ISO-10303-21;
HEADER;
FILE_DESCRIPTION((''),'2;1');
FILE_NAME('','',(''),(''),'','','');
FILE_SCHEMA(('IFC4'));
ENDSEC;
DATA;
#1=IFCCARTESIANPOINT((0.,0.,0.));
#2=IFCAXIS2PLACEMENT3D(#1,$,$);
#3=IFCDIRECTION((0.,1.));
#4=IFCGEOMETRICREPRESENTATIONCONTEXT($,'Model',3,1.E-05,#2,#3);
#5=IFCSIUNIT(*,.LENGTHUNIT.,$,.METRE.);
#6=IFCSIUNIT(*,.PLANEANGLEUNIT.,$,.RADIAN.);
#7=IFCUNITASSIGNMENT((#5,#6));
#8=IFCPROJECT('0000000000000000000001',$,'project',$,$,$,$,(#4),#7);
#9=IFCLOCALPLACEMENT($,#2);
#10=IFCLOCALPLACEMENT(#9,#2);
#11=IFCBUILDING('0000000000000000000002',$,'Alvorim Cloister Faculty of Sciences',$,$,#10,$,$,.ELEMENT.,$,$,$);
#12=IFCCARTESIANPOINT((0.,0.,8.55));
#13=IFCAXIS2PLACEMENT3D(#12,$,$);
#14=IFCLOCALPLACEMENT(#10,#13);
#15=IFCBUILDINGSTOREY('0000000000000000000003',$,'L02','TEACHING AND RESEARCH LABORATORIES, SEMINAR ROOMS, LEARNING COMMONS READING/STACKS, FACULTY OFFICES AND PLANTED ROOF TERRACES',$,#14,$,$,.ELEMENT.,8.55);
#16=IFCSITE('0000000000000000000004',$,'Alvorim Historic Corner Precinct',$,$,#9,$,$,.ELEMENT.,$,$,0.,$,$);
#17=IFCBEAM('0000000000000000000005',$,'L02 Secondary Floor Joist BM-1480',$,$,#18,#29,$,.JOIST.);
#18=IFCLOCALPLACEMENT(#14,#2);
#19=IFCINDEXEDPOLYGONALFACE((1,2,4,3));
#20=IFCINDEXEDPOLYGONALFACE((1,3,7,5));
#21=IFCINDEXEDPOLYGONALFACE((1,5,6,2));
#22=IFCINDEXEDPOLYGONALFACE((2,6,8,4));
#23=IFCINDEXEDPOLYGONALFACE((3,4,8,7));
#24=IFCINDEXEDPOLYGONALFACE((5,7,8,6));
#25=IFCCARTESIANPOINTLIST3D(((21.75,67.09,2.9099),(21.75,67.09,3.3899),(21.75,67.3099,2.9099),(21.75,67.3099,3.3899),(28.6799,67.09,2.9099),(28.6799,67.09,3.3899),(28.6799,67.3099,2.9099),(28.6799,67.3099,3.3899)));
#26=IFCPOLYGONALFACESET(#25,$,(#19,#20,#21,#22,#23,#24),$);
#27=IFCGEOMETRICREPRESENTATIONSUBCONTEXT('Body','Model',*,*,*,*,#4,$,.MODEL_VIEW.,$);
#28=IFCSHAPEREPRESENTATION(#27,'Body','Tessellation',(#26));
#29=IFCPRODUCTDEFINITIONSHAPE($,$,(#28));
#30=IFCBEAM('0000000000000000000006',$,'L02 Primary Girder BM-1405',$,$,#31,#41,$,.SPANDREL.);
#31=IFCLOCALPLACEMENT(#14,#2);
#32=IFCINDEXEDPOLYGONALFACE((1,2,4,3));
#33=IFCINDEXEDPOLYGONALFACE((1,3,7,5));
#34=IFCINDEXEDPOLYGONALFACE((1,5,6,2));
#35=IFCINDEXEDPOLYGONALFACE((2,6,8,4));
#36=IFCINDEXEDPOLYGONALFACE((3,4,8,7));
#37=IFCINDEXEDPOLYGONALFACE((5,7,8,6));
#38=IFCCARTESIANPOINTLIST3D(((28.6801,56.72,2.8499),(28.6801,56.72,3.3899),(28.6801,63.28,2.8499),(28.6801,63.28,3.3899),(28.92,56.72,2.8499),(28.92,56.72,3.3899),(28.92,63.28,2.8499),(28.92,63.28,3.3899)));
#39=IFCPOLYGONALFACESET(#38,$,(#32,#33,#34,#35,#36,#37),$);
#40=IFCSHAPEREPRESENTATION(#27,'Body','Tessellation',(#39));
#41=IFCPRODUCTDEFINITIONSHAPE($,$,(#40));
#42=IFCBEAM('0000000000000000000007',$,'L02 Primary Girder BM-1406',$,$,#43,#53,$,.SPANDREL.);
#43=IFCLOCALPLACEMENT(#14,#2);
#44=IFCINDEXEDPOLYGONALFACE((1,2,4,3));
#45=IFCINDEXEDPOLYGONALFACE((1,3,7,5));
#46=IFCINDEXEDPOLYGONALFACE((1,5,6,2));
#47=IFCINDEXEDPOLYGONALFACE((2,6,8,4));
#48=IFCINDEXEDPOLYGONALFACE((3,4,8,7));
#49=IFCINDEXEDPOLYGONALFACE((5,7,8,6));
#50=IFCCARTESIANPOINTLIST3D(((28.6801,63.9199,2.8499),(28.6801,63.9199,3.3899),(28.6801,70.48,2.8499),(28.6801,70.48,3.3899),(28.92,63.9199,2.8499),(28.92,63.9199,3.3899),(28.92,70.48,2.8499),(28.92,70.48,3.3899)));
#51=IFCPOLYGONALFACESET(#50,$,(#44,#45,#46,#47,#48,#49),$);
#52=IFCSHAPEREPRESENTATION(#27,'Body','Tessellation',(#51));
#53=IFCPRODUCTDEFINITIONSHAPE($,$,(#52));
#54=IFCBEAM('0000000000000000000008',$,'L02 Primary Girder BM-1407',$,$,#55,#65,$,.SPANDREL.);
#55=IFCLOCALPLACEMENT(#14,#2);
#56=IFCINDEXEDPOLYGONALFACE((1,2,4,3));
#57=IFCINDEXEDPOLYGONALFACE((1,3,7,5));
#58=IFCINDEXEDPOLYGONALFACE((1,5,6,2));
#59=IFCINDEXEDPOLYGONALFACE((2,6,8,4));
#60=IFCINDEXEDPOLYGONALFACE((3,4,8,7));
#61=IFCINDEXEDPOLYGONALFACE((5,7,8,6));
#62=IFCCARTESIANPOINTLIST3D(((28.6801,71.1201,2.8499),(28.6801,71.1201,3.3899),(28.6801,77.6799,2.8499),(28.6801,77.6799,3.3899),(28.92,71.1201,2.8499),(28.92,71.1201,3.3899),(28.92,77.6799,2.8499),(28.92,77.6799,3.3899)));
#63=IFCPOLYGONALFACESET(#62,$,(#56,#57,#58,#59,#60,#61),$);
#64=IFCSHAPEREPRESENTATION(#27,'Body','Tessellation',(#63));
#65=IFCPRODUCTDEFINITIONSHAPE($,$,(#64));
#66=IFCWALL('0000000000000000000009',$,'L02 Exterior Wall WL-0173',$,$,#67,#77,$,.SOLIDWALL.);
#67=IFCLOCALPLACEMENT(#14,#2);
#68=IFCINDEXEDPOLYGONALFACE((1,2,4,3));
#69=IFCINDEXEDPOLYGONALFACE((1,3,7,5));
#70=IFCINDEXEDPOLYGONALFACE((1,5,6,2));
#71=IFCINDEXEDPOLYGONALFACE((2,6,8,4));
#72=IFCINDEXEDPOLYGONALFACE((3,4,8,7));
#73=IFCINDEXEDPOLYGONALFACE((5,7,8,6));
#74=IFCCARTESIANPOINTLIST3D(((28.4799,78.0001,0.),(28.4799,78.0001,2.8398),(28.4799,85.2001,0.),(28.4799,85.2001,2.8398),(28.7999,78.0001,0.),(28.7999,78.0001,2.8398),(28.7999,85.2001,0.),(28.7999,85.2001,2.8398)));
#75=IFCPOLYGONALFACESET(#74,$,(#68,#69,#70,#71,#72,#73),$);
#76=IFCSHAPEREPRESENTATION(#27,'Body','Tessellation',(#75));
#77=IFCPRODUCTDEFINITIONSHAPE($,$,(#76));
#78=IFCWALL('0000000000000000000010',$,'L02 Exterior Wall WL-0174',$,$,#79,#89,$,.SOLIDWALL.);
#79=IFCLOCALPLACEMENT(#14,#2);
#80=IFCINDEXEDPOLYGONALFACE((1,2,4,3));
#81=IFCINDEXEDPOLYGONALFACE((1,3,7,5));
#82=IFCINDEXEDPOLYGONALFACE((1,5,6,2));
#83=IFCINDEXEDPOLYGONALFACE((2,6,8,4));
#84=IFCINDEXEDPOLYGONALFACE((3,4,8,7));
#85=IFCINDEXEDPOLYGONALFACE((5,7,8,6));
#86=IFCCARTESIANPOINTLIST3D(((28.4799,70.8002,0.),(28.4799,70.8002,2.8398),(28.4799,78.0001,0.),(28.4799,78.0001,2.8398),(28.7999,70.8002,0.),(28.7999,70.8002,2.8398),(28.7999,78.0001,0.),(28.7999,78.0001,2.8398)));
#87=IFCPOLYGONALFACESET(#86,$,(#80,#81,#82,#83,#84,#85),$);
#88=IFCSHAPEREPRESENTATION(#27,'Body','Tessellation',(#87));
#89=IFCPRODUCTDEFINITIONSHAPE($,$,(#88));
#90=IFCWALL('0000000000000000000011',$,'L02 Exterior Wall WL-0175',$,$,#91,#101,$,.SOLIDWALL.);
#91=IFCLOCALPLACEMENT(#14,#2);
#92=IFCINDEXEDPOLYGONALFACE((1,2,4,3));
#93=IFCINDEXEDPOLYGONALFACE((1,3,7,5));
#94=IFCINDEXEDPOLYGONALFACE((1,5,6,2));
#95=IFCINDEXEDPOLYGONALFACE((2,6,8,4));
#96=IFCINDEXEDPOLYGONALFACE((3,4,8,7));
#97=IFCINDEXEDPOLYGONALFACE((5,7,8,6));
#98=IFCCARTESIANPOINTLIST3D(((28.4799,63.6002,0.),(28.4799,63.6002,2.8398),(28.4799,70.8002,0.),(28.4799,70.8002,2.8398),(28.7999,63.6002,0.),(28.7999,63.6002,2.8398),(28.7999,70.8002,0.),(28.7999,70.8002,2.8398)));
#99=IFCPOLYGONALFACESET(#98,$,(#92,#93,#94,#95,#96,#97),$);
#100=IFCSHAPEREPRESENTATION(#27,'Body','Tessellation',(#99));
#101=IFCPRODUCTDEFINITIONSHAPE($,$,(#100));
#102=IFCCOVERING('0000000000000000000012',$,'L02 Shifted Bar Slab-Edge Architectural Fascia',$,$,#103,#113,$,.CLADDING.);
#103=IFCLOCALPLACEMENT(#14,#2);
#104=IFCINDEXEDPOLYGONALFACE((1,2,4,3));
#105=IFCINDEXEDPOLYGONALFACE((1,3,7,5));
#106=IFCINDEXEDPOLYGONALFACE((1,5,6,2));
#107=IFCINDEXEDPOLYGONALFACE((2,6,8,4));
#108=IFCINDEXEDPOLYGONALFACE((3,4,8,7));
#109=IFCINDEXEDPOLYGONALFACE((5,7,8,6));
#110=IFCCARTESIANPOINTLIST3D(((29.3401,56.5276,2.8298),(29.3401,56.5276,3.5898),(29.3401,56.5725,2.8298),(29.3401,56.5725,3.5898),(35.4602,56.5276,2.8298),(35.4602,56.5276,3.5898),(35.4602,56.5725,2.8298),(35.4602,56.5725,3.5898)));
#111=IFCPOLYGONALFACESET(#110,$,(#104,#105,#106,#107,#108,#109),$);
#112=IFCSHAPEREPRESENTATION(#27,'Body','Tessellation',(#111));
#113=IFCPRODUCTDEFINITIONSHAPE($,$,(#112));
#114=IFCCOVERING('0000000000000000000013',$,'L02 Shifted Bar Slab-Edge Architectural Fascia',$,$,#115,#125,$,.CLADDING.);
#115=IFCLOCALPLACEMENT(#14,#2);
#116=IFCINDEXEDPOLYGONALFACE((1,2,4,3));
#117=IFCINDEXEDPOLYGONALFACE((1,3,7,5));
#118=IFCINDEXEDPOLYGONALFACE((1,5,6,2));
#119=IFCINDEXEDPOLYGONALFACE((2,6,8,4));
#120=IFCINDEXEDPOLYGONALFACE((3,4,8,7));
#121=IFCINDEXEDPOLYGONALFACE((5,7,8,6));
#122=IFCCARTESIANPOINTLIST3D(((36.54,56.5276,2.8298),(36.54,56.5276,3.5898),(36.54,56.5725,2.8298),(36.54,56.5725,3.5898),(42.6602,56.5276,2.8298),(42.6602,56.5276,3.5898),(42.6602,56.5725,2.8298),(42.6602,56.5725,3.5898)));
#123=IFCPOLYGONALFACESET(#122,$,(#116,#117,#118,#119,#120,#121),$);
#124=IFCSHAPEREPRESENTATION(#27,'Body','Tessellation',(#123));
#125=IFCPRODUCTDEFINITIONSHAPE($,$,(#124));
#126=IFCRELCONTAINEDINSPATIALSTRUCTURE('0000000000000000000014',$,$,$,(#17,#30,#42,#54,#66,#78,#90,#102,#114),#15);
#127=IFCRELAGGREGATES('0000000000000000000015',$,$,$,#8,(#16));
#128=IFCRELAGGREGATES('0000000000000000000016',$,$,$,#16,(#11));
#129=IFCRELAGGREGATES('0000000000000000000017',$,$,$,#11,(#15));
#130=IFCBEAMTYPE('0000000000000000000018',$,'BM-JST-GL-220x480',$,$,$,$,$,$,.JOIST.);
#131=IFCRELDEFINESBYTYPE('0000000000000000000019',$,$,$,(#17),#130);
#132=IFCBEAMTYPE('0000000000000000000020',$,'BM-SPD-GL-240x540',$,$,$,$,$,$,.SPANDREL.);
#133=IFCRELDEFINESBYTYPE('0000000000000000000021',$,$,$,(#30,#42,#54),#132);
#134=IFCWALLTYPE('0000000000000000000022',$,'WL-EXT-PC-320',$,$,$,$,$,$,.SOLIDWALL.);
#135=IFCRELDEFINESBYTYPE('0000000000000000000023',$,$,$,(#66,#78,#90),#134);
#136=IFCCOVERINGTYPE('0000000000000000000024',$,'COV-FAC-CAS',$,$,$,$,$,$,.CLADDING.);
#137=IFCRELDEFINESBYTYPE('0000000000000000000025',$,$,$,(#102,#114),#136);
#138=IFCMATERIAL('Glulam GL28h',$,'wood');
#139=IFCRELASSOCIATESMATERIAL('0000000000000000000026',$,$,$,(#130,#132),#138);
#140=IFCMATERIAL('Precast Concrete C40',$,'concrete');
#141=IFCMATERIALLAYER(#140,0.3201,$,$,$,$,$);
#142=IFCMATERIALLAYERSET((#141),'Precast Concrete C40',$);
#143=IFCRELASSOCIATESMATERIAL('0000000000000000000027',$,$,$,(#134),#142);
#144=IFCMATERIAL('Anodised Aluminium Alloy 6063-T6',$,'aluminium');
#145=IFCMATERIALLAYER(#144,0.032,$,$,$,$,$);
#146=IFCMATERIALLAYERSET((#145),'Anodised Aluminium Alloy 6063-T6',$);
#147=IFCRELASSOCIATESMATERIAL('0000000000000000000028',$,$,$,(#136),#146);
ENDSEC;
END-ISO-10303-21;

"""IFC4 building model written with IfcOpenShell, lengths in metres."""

from ifc_helpers import new_model, si_unit, direction, frame, frame_2d, origin, origin_2d, place, context, subcontext, project, spatial, polyline, rectangle, outline, extrude, material, layer, layer_set, material_profile, profile_set, type_object, element, save


model = new_model("IFC4")

# Units and contexts
model_context = context("Model", 3, precision=1e-05, world=origin(), true_north=direction((0.0, 1.0)))
body_context = subcontext(model_context, "Body", "Model", "MODEL_VIEW")
ifc_project = project(units=[si_unit("LENGTHUNIT", "METRE"), si_unit("PLANEANGLEUNIT", "RADIAN")], contexts=[model_context])

# Site, building, storey
site_placement = place(None, origin())
site = spatial("IfcSite", under=ifc_project, at=site_placement, Name="Alvorim Historic Corner Precinct", CompositionType="ELEMENT", RefElevation=0.0)
building_placement = place(site_placement, origin())
building = spatial("IfcBuilding", under=site, at=building_placement, Name="Alvorim Cloister Faculty of Sciences", CompositionType="ELEMENT")
storey_placement = place(building_placement, frame((0.0, 0.0, 8.55)))
storey = spatial("IfcBuildingStorey", under=building, at=storey_placement, Name="L02", Description="TEACHING AND RESEARCH LABORATORIES, SEMINAR ROOMS, LEARNING COMMONS READING/STACKS, FACULTY OFFICES AND PLANTED ROOF TERRACES", CompositionType="ELEMENT", Elevation=8.55)

# Shared definitions
ifc_material_1 = material(Name="Precast Concrete C40", Category="concrete")

# Beams
ifc_material_2 = material(Name="Glulam GL28h", Category="wood")
ifc_material_profile_1 = material_profile(ifc_material_2, rectangle(XDim=0.22, YDim=0.48, at=origin_2d()), Name="GL28-JST-220x480")
ifc_profile_set_1 = profile_set([ifc_material_profile_1], Name="Glulam GL28h")
beam_type_1 = type_object("IfcBeamType", Name="BM-JST-GL-220x480", PredefinedType="JOIST", material=ifc_profile_set_1)
beam_1_placement = place(storey_placement, frame((21.75, 67.2, 3.1499), z_axis=(1.0, 0.0, 0.0), x_axis=(0.0, 1.0, 0.0)))
element("IfcBeam", 1, at=beam_1_placement, inside=storey, type_object=beam_type_1, Name="L02 Secondary Floor Joist BM-1480", PredefinedType="JOIST", context=body_context, shape_type="SweptSolid", body=[
    extrude(rectangle(XDim=0.22, YDim=0.48, at=origin_2d()), origin(), (0.0, 0.0, 1.0), 6.9299),
])
ifc_material_profile_2 = material_profile(ifc_material_2, rectangle(XDim=0.24, YDim=0.54, at=origin_2d()), Name="GL28-SPD-240x540")
ifc_profile_set_2 = profile_set([ifc_material_profile_2], Name="Glulam GL28h")
beam_type_2 = type_object("IfcBeamType", Name="BM-SPD-GL-240x540", PredefinedType="SPANDREL", material=ifc_profile_set_2)
for number, where, z_axis, x_axis, name in (
    (2, (28.8, 56.72, 3.1199), (0.0, 1.0, 0.0), (-1.0, 0.0, 0.0), "L02 Primary Girder BM-1405"),
    (3, (28.8, 63.9199, 3.1199), (0.0, 1.0, 0.0), (-1.0, 0.0, 0.0), "L02 Primary Girder BM-1406"),
):
    element("IfcBeam", number, at=place(storey_placement, frame(where, z_axis=z_axis, x_axis=x_axis)), inside=storey, type_object=beam_type_2, Name=name, PredefinedType="SPANDREL", context=body_context, shape_type="SweptSolid", body=[
        extrude(rectangle(XDim=0.24, YDim=0.54, at=origin_2d()), origin(), (0.0, 0.0, 1.0), 6.5601),
    ])
beam_2_placement = place(storey_placement, frame((28.8, 71.1201, 3.1199), z_axis=(0.0, 1.0, 0.0), x_axis=(-1.0, 0.0, 0.0)))
element("IfcBeam", 4, at=beam_2_placement, inside=storey, type_object=beam_type_2, Name="L02 Primary Girder BM-1407", PredefinedType="SPANDREL", context=body_context, shape_type="SweptSolid", body=[
    extrude(rectangle(XDim=0.24, YDim=0.54, at=origin_2d()), origin(), (0.0, 0.0, 1.0), 6.5598),
])

# Walls
ifc_layer_1 = layer(ifc_material_1, 0.3201)
ifc_layer_set_1 = layer_set([ifc_layer_1], Name="Precast Concrete C40")
wall_type = type_object("IfcWallType", Name="WL-EXT-PC-320", PredefinedType="SOLIDWALL", material=ifc_layer_set_1)
for number, where, z_axis, x_axis, name in (
    (5, (28.6399, 78.0, 0.0), (0.0, 0.0, 1.0), (0.0, 1.0, 0.0), "L02 Exterior Wall WL-0173"),
    (6, (28.6399, 70.8, 0.0), (0.0, 0.0, 1.0), (0.0, 1.0, 0.0), "L02 Exterior Wall WL-0174"),
    (7, (28.6399, 63.6001, 0.0), (0.0, 0.0, 1.0), (0.0, 1.0, 0.0), "L02 Exterior Wall WL-0175"),
):
    element("IfcWall", number, at=place(storey_placement, frame(where, z_axis=z_axis, x_axis=x_axis)), inside=storey, type_object=wall_type, Name=name, PredefinedType="SOLIDWALL", context=body_context, shape_type="SweptSolid", body=[
        extrude(rectangle(XDim=7.2, YDim=0.3201, at=frame_2d((3.6001, 0.0))), origin(), (0.0, 0.0, 1.0), 2.8398),
    ])

# Coverings
ifc_material_3 = material(Name="Anodised Aluminium Alloy 6063-T6", Category="aluminium")
ifc_layer_2 = layer(ifc_material_3, 0.032)
ifc_layer_set_2 = layer_set([ifc_layer_2], Name="Anodised Aluminium Alloy 6063-T6")
covering_type = type_object("IfcCoveringType", Name="COV-FAC-CAS", PredefinedType="CLADDING", material=ifc_layer_set_2)
for number, where, z_axis, x_axis, name in (
    (8, (29.3401, 56.55, 2.8298), (0.0, 0.0, 1.0), (1.0, 0.0, 0.0), "L02 Shifted Bar Slab-Edge Architectural Fascia"),
    (9, (36.54, 56.55, 2.8298), (0.0, 0.0, 1.0), (1.0, 0.0, 0.0), "L02 Shifted Bar Slab-Edge Architectural Fascia"),
):
    element("IfcCovering", number, at=place(storey_placement, frame(where, z_axis=z_axis, x_axis=x_axis)), inside=storey, type_object=covering_type, Name=name, PredefinedType="CLADDING", context=body_context, shape_type="SweptSolid", body=[
        extrude(outline(polyline([(0.0, 0.0), (6.1201, 0.0), (6.1201, 0.76), (0.0, 0.76), (0.0, 0.0)])), frame((0.0, 0.0225, 0.0), z_axis=(0.0, -1.0, 0.0), x_axis=(1.0, 0.0, 0.0)), (0.0, 0.0, 1.0), 0.0449),
    ])

save(model, "model.ifc")
